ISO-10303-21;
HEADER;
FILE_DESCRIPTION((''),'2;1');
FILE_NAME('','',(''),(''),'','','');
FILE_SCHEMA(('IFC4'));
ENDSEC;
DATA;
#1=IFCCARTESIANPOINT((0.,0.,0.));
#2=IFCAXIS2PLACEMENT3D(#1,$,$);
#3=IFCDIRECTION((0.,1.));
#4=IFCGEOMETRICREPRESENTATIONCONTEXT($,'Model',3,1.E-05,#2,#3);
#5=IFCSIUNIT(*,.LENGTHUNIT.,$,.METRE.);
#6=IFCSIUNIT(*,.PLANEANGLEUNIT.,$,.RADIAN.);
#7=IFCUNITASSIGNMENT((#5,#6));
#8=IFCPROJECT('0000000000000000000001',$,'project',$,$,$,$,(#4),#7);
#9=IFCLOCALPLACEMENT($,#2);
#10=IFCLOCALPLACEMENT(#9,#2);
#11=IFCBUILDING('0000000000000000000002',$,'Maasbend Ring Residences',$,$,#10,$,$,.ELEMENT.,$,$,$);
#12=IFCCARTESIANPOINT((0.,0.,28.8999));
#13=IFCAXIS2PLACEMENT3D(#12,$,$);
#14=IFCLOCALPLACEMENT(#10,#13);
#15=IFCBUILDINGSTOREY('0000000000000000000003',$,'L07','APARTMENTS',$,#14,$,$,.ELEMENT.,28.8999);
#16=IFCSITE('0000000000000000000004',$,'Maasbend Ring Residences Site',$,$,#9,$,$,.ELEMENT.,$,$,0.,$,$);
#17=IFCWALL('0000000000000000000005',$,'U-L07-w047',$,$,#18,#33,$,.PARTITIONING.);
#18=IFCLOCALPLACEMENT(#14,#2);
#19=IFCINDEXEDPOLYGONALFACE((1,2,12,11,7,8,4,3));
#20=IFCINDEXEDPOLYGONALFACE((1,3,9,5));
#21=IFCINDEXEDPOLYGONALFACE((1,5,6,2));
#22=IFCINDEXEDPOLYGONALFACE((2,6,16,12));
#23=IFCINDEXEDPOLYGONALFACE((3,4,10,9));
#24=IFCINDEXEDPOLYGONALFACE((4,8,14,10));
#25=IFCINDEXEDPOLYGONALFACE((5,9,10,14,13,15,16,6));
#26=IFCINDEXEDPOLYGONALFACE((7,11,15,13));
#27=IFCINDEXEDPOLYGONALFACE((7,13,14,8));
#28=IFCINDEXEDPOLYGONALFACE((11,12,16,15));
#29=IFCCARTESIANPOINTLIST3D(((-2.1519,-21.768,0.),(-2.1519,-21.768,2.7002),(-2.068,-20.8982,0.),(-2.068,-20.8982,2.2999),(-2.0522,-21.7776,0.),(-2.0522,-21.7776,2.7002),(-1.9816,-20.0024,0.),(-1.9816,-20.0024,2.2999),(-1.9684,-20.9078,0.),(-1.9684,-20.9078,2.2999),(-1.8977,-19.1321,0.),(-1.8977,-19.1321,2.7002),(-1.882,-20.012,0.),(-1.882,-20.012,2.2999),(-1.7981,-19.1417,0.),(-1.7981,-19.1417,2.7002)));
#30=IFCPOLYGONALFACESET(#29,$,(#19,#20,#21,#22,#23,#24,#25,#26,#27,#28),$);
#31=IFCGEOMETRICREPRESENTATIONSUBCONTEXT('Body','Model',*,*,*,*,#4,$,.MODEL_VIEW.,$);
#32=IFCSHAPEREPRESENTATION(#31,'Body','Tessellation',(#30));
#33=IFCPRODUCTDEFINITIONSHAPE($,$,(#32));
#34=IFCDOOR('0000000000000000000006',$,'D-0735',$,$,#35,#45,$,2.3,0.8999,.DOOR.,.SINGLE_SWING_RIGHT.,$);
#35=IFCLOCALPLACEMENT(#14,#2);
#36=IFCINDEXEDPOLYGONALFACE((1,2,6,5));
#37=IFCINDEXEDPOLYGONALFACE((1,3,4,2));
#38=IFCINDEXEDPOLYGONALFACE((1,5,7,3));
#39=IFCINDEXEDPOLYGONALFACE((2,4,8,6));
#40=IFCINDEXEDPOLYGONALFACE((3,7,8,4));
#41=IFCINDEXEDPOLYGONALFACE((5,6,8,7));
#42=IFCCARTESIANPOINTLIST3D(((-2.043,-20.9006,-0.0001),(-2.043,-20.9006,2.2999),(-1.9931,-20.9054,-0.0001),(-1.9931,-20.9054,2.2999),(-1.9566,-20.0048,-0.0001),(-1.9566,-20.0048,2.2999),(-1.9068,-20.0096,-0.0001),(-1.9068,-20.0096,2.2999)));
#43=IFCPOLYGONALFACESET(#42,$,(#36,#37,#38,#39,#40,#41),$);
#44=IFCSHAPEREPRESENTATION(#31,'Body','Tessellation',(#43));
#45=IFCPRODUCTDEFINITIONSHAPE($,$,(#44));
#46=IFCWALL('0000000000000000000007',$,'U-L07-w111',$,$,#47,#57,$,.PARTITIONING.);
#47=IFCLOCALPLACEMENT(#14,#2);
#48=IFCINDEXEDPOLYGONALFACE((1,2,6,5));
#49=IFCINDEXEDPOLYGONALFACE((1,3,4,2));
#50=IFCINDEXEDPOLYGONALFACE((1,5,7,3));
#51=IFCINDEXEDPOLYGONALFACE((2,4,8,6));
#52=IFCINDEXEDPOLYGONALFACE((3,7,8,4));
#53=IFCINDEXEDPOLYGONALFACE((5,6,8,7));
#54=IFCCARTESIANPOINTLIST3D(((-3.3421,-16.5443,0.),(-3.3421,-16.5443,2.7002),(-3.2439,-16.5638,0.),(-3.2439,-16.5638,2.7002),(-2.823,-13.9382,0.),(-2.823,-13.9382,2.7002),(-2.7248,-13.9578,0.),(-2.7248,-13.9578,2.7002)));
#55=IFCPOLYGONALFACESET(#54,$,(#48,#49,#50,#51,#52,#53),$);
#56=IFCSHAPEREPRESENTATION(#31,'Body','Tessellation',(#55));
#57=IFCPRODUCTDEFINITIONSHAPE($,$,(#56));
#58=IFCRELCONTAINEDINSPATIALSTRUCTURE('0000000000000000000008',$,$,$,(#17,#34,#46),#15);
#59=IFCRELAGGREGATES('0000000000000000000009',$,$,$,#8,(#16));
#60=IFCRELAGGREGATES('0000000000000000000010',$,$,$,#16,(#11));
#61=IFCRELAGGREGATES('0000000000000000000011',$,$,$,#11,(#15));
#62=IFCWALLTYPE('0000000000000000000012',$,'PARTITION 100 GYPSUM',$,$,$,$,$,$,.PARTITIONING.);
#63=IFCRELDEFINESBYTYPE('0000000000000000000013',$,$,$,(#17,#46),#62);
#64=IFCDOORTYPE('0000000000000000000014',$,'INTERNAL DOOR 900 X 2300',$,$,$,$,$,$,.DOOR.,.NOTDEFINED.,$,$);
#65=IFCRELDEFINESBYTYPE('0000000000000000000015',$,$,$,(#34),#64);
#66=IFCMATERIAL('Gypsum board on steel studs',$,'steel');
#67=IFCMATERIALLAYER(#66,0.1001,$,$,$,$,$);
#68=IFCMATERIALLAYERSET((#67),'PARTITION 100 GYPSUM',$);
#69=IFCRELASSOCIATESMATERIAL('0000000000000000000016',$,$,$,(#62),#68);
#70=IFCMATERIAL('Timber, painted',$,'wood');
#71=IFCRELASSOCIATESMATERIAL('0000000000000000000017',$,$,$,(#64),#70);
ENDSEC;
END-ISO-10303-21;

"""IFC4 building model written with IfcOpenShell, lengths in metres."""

from ifc_helpers import new_model, si_unit, direction, frame, frame_2d, origin, place, context, subcontext, project, spatial, rectangle, extrude, material, layer, layer_set, type_object, element, fill, save


model = new_model("IFC4")

# Units and contexts
model_context = context("Model", 3, precision=1e-05, world=origin(), true_north=direction((0.0, 1.0)))
body_context = subcontext(model_context, "Body", "Model", "MODEL_VIEW")
ifc_project = project(units=[si_unit("LENGTHUNIT", "METRE"), si_unit("PLANEANGLEUNIT", "RADIAN")], contexts=[model_context])

# Site, building, storey
site_placement = place(None, origin())
site = spatial("IfcSite", under=ifc_project, at=site_placement, Name="Maasbend Ring Residences Site", CompositionType="ELEMENT", RefElevation=0.0)
building_placement = place(site_placement, origin())
building = spatial("IfcBuilding", under=site, at=building_placement, Name="Maasbend Ring Residences", CompositionType="ELEMENT")
storey_placement = place(building_placement, frame((0.0, 0.0, 28.8999)))
storey = spatial("IfcBuildingStorey", under=building, at=storey_placement, Name="L07", Description="APARTMENTS", CompositionType="ELEMENT", Elevation=28.8999)

# Shared definitions
ifc_material_1 = material(Name="Gypsum board on steel studs", Category="steel")
ifc_layer_1 = layer(ifc_material_1, 0.1001)
ifc_layer_set_1 = layer_set([ifc_layer_1], Name="PARTITION 100 GYPSUM")
wall_type_1 = type_object("IfcWallType", Name="PARTITION 100 GYPSUM", PredefinedType="PARTITIONING", material=ifc_layer_set_1)

# Shared definitions
ifc_material_2 = material(Name="Timber, painted", Category="wood")
door_type_1 = type_object("IfcDoorType", Name="INTERNAL DOOR 900 X 2300", OperationType="NOTDEFINED", PredefinedType="DOOR", material=ifc_material_2)

# Wall, opening, door
wall_1_placement = place(storey_placement, frame((-2.1021, -21.7729, 0.0), z_axis=(0.0, 0.0, 1.0), x_axis=(0.095971, 0.995384, 0.0)))
wall_1 = element("IfcWall", 1, at=wall_1_placement, inside=storey, type_object=wall_type_1, Name="U-L07-w047", PredefinedType="PARTITIONING", context=body_context, shape_type="SweptSolid", body=[
    extrude(rectangle(XDim=2.6482, YDim=0.1001, at=frame_2d((1.3242, 0.0))), origin(), (0.0, 0.0, 1.0), 2.7002),
])
opening_1_placement = place(wall_1_placement, frame((0.874, 0.0, 0.0)))
opening_1 = element("IfcOpeningElement", 2, at=opening_1_placement, cuts=wall_1, PredefinedType="OPENING", context=body_context, shape_type="SweptSolid", body=[
    extrude(rectangle(XDim=0.8999, YDim=2.3, at=frame_2d((0.45, 1.1499))), frame((0.0, 0.0601, 0.0), z_axis=(0.0, -1.0, 0.0), x_axis=(1.0, 0.0, 0.0)), (0.0, 0.0, 1.0), 0.1201),
])
door_1_placement = place(opening_1_placement, origin())
door_1 = element("IfcDoor", 3, at=door_1_placement, inside=storey, type_object=door_type_1, Name="D-0735", OperationType="SINGLE_SWING_RIGHT", OverallHeight=2.3, OverallWidth=0.8999, PredefinedType="DOOR", context=body_context, shape_type="SweptSolid", body=[
    extrude(rectangle(XDim=0.8999, YDim=2.3, at=frame_2d((0.45, 1.1499))), frame((0.0, 0.0249, 0.0), z_axis=(0.0, -1.0, 0.0), x_axis=(1.0, 0.0, 0.0)), (0.0, 0.0, 1.0), 0.05),
])
fill(opening_1, door_1)

# Wall
wall_2_placement = place(storey_placement, frame((-2.7739, -13.948, 0.0), z_axis=(0.0, 0.0, 1.0), x_axis=(-0.195339, -0.980736, 0.0)))
element("IfcWall", 4, at=wall_2_placement, inside=storey, type_object=wall_type_1, Name="U-L07-w111", PredefinedType="PARTITIONING", context=body_context, shape_type="SweptSolid", body=[
    extrude(rectangle(XDim=2.6572, YDim=0.1001, at=frame_2d((1.3286, 0.0))), origin(), (0.0, 0.0, 1.0), 2.7002),
])

save(model, "model.ifc")
